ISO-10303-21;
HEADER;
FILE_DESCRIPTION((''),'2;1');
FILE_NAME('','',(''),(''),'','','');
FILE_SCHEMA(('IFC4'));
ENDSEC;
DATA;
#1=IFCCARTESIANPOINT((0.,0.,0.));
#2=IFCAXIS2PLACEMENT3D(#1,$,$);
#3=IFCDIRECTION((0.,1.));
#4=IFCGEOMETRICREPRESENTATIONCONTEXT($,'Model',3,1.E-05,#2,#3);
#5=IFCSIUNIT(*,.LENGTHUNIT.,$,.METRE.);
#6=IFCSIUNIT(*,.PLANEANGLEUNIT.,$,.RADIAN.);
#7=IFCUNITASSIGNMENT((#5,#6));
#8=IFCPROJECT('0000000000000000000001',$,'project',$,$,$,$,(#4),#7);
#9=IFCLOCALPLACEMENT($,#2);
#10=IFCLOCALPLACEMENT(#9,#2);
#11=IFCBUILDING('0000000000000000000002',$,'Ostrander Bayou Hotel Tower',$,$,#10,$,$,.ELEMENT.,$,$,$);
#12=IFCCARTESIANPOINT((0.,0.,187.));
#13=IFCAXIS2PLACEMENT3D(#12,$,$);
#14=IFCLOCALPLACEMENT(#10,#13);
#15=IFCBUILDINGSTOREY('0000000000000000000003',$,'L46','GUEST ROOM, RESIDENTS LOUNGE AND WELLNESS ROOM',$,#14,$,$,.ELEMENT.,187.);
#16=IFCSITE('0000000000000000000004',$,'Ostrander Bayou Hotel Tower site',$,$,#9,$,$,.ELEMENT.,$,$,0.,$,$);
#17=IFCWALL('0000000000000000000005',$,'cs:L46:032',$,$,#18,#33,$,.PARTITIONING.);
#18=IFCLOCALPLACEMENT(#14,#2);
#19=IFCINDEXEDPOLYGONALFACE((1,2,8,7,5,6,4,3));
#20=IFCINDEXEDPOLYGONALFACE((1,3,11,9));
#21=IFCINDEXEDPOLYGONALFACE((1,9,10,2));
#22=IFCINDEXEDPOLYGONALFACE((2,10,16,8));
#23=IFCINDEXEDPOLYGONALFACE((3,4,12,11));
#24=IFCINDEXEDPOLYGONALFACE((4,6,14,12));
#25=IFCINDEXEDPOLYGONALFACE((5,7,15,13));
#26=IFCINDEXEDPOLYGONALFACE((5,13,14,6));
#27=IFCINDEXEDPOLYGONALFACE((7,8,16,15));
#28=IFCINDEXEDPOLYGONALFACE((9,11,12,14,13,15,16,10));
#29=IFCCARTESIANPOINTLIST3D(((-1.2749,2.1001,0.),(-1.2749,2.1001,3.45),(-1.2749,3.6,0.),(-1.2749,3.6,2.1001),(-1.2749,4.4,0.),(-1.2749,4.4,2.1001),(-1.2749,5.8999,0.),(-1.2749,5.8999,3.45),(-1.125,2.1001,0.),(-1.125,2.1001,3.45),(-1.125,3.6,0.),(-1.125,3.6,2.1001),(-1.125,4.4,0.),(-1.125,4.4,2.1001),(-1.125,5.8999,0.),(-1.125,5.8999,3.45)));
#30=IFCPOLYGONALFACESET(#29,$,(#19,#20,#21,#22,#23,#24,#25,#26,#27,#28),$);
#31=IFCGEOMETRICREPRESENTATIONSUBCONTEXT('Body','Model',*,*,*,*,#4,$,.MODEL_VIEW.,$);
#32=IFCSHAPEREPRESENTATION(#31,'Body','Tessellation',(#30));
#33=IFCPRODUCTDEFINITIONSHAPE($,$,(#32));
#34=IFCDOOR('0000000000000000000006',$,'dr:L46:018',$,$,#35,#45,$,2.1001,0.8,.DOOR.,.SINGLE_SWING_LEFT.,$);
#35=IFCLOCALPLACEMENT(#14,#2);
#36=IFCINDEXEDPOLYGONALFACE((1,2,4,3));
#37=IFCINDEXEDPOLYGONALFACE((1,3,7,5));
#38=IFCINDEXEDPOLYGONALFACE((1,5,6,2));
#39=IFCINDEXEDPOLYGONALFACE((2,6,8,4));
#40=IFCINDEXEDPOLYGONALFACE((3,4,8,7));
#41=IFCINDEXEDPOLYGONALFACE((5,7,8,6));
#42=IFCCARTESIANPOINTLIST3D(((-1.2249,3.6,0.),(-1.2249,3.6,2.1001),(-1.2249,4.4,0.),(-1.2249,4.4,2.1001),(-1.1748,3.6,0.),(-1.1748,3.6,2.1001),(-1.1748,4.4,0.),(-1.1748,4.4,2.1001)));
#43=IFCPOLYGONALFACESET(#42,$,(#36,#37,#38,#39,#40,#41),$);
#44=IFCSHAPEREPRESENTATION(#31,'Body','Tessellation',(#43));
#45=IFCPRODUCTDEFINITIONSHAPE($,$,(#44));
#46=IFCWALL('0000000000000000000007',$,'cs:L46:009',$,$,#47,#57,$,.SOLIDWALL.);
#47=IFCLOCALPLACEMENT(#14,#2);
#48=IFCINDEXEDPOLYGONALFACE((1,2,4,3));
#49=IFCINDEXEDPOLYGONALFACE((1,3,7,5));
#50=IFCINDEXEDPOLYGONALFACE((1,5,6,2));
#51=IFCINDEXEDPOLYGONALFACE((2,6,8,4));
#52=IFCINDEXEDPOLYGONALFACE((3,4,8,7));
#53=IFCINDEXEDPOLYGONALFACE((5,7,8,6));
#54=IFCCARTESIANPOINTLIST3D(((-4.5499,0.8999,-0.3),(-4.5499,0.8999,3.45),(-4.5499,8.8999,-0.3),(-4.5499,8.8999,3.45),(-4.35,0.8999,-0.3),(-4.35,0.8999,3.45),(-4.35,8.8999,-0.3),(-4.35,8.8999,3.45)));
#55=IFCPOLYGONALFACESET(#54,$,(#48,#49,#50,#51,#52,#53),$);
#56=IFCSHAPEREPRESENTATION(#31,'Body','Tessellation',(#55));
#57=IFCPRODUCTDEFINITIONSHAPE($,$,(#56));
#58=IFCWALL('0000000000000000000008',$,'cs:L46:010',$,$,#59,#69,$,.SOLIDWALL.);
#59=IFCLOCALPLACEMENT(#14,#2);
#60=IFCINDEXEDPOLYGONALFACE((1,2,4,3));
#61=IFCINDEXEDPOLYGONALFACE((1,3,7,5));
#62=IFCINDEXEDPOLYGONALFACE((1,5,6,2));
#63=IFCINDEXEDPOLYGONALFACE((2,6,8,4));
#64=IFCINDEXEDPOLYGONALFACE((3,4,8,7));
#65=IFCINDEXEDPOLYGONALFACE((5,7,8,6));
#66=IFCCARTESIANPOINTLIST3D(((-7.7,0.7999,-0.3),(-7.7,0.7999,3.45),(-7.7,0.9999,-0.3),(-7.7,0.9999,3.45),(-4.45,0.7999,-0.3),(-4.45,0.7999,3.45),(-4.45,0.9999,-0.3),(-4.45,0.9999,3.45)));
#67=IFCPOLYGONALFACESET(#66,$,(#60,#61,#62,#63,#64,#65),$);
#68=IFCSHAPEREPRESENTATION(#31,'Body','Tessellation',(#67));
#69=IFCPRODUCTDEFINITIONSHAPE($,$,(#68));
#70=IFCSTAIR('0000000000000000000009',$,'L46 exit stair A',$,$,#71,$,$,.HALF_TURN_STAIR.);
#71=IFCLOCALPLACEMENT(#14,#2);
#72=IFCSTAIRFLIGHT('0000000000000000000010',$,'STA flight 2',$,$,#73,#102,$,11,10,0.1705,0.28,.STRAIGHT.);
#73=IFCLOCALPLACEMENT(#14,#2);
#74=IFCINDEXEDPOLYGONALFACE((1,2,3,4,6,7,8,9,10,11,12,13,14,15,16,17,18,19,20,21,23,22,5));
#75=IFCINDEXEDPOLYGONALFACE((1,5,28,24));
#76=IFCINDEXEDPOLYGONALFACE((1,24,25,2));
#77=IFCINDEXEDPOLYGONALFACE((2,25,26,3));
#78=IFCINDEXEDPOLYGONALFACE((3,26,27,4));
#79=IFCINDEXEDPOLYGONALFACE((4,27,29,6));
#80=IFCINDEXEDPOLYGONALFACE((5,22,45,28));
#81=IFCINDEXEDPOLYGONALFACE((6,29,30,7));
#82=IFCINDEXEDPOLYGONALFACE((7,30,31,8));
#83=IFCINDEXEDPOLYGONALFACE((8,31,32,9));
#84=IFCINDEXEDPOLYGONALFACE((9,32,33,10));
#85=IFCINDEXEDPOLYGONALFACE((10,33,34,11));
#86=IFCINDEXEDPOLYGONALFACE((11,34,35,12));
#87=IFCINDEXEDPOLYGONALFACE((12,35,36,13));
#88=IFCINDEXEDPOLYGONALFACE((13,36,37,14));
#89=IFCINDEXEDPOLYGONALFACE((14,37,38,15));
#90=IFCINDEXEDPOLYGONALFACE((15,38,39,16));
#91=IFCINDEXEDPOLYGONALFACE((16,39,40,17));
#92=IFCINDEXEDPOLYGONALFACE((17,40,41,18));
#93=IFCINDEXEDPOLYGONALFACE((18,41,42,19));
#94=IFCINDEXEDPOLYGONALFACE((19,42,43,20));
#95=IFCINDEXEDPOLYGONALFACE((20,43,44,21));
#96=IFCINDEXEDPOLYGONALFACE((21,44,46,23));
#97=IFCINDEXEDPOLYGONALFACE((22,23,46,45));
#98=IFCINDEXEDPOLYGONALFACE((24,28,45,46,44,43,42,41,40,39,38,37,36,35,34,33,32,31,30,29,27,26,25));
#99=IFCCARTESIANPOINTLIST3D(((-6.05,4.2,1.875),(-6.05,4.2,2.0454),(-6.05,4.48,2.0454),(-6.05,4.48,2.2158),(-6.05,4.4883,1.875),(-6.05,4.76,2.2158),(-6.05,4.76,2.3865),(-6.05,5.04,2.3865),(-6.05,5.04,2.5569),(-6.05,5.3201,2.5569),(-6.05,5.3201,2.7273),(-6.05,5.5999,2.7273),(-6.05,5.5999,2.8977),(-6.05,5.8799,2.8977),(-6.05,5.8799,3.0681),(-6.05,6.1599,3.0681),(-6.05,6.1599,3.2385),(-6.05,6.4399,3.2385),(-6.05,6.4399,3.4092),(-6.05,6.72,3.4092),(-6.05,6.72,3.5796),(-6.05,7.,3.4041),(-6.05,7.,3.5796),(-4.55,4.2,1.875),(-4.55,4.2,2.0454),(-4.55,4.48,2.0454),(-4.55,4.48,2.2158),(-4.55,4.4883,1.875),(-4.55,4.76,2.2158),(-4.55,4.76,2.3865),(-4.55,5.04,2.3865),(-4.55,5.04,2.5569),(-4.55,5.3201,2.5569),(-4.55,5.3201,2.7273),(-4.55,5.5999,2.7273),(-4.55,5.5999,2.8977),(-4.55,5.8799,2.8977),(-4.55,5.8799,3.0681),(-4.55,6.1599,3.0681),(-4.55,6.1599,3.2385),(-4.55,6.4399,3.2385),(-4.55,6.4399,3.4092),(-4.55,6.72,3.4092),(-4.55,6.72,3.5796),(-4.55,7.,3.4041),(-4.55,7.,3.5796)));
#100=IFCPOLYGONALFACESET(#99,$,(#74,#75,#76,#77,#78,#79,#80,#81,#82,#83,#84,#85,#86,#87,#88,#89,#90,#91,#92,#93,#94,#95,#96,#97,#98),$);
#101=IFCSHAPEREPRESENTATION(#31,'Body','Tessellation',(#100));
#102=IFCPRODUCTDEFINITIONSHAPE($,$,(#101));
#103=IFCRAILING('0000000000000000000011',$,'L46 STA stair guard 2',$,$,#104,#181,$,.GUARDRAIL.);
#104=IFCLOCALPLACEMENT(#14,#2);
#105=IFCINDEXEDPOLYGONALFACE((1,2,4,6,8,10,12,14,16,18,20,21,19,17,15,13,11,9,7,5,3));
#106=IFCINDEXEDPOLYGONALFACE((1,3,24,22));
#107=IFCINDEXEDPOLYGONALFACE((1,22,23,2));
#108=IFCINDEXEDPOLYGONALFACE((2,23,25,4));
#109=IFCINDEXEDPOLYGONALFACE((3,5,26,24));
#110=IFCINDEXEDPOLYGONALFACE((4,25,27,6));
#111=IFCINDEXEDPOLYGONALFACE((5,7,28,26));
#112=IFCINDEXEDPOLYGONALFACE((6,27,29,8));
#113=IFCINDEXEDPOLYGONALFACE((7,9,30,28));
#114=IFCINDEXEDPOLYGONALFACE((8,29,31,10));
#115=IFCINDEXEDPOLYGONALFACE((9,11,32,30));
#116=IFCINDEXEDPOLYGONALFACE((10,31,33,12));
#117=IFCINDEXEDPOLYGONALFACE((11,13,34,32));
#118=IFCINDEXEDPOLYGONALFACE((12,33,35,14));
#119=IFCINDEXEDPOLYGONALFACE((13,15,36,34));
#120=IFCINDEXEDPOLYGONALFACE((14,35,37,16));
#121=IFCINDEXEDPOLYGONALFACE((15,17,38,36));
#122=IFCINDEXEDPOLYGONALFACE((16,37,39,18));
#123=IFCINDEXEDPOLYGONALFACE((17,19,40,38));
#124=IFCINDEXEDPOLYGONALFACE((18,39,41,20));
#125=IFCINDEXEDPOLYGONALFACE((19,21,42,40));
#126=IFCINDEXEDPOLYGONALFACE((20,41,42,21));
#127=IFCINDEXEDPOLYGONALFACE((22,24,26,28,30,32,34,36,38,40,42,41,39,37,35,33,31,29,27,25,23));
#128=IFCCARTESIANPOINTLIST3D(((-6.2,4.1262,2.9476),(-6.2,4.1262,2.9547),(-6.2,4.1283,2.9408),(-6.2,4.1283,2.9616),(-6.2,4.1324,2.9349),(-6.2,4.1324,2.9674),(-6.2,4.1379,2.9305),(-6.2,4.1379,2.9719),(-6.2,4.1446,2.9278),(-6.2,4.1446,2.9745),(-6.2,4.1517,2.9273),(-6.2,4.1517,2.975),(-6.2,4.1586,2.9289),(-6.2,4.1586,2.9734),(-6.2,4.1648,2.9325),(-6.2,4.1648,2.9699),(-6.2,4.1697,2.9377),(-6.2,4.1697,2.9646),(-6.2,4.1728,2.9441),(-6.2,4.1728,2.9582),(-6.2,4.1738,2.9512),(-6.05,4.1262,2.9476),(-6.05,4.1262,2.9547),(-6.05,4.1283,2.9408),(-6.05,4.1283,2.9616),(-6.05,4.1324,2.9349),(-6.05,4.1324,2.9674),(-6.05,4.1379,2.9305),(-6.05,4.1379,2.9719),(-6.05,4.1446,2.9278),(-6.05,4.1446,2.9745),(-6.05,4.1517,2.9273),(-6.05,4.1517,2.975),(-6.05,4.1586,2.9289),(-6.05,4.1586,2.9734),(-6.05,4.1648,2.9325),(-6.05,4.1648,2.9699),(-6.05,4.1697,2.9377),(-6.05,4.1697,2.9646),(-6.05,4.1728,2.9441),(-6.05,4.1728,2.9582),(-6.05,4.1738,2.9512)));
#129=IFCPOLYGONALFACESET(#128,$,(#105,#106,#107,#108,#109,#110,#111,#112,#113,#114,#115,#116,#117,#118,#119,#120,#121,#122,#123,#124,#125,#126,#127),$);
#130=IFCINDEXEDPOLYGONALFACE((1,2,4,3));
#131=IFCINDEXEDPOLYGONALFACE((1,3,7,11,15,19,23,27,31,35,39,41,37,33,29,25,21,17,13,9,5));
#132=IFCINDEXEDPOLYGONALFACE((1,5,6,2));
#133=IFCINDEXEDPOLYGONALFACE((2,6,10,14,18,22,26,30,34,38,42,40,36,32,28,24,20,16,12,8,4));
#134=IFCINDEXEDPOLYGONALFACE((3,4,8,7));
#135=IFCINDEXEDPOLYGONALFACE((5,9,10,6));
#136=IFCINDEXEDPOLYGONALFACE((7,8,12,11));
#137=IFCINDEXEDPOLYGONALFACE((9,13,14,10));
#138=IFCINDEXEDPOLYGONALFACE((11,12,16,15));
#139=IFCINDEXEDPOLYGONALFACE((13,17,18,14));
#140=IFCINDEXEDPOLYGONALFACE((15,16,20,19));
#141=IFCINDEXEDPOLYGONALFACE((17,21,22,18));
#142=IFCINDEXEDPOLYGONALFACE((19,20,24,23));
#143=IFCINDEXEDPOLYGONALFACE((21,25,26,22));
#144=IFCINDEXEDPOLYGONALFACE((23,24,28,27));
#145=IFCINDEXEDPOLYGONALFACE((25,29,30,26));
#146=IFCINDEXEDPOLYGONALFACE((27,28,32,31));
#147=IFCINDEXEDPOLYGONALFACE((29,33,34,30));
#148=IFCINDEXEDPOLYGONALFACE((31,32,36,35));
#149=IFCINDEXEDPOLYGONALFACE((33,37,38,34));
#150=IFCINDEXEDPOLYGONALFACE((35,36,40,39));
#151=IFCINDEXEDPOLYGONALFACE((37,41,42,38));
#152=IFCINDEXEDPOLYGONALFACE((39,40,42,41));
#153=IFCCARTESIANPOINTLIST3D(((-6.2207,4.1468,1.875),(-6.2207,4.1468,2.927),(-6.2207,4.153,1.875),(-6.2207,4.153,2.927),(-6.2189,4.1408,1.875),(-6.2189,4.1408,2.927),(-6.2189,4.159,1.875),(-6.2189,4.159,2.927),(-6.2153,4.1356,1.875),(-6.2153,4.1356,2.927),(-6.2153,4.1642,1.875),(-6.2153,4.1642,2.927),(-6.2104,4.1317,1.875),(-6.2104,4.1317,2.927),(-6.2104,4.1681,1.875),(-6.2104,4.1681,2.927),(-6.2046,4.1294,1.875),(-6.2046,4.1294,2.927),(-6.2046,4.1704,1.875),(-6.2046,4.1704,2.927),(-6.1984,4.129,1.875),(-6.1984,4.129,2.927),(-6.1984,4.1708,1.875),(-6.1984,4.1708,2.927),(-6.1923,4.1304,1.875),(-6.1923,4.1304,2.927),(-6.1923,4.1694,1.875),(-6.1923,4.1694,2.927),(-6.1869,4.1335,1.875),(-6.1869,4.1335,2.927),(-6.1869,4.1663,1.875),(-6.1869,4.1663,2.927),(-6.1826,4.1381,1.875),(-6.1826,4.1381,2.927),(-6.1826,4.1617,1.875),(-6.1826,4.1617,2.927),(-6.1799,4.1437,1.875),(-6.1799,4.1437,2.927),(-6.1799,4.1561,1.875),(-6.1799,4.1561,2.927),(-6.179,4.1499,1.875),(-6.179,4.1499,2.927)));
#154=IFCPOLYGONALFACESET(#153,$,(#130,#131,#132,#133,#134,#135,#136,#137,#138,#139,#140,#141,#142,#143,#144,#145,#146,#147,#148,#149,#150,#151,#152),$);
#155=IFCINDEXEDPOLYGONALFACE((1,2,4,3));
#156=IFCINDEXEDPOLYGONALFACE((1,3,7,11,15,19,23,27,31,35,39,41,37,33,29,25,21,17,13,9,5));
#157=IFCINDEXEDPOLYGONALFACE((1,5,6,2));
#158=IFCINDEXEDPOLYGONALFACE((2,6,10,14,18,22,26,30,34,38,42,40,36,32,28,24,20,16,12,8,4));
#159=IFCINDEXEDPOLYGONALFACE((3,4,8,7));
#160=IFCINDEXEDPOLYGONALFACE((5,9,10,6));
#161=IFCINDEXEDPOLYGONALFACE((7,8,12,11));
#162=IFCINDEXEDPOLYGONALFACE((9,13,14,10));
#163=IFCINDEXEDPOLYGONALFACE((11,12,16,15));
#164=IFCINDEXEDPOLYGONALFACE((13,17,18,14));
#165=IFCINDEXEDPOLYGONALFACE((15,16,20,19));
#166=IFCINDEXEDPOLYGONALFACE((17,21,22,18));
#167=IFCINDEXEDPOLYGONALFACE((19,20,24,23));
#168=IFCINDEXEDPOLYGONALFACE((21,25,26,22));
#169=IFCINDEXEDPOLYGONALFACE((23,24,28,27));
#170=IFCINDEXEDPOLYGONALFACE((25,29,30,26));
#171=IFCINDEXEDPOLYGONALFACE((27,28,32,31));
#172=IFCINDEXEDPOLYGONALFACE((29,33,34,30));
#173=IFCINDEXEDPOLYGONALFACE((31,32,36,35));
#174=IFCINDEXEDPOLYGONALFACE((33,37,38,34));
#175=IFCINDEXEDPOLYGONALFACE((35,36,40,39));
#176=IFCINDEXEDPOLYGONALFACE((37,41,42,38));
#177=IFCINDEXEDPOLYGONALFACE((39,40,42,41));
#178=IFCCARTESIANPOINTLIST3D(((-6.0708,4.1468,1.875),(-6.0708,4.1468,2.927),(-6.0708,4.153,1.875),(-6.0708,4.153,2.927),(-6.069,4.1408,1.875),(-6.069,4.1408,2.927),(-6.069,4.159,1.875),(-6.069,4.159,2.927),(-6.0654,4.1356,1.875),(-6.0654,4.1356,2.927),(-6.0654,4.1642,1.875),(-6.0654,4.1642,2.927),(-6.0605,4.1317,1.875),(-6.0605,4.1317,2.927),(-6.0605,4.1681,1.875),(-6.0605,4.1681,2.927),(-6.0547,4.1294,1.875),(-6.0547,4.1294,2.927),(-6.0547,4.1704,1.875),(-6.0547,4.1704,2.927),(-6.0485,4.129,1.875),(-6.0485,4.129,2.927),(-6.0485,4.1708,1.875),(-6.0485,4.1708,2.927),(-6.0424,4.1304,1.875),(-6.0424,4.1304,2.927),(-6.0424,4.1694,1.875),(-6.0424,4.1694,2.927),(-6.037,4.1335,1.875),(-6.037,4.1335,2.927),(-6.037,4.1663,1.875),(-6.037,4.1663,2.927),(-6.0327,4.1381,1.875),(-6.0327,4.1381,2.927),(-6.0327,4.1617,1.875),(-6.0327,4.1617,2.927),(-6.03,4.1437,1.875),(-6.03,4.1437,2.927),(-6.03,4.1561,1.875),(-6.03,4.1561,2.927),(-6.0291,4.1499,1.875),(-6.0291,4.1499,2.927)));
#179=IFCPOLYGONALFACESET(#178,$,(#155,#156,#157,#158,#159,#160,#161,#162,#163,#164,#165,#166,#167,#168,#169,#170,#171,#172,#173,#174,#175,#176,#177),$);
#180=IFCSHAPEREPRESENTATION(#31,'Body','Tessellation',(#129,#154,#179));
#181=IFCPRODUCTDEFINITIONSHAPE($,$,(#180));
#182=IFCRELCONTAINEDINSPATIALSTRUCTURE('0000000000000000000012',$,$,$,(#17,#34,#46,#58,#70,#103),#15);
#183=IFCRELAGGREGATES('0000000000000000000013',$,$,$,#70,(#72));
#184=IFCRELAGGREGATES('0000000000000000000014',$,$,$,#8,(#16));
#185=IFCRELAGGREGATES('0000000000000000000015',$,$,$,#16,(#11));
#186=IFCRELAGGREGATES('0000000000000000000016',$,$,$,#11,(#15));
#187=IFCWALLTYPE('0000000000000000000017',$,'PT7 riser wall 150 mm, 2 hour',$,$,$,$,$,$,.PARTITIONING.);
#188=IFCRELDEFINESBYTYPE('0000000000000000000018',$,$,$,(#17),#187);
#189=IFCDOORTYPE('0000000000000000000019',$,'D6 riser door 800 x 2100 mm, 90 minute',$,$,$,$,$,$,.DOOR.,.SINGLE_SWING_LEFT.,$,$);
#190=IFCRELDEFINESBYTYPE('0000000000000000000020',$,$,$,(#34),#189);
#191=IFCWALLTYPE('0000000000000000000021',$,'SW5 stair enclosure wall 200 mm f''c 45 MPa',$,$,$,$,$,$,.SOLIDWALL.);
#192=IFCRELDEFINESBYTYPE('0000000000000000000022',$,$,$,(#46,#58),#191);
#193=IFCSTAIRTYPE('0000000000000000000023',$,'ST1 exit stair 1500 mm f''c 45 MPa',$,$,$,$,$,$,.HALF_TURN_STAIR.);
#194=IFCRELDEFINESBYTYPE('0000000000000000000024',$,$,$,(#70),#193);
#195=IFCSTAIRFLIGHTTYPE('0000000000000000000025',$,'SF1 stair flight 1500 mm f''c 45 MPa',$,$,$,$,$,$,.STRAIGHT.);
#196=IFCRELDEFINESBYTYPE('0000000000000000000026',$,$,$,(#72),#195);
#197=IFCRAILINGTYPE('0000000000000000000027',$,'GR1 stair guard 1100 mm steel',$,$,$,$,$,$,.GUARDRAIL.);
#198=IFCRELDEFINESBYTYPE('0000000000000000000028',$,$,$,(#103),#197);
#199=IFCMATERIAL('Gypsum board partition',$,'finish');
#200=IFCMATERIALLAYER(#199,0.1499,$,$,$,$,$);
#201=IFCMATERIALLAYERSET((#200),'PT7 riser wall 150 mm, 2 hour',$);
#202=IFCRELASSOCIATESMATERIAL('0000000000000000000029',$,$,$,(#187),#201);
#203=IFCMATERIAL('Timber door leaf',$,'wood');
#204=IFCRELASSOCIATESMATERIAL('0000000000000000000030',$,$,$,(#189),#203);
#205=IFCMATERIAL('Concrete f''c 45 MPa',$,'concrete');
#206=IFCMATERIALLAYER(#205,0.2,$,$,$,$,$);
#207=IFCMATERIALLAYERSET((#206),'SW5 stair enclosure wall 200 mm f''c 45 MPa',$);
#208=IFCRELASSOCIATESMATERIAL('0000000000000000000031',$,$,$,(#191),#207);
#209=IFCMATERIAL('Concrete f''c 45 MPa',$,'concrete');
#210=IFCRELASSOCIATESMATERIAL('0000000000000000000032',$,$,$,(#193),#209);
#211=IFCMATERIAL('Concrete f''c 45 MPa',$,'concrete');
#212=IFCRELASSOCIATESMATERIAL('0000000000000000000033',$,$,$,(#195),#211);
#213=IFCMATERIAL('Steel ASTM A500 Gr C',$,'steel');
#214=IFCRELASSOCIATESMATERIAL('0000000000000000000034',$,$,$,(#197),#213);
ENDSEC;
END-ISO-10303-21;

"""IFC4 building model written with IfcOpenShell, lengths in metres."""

from ifc_helpers import new_model, si_unit, direction, frame, frame_2d, origin, origin_2d, place, context, subcontext, project, spatial, polyline, rectangle, circle, outline, extrude, material, layer, layer_set, type_object, element, fill, aggregate, save


model = new_model("IFC4")

# Units and contexts
model_context = context("Model", 3, precision=1e-05, world=origin(), true_north=direction((0.0, 1.0)))
body_context = subcontext(model_context, "Body", "Model", "MODEL_VIEW")
ifc_project = project(units=[si_unit("LENGTHUNIT", "METRE"), si_unit("PLANEANGLEUNIT", "RADIAN")], contexts=[model_context])

# Site, building, storey
site_placement = place(None, origin())
site = spatial("IfcSite", under=ifc_project, at=site_placement, Name="Ostrander Bayou Hotel Tower site", CompositionType="ELEMENT", RefElevation=0.0)
building_placement = place(site_placement, origin())
building = spatial("IfcBuilding", under=site, at=building_placement, Name="Ostrander Bayou Hotel Tower", CompositionType="ELEMENT")
storey_placement = place(building_placement, frame((0.0, 0.0, 187.0)))
storey = spatial("IfcBuildingStorey", under=building, at=storey_placement, Name="L46", Description="GUEST ROOM, RESIDENTS LOUNGE AND WELLNESS ROOM", CompositionType="ELEMENT", Elevation=187.0)

# Shared definitions
ifc_material_1 = material(Name="Gypsum board partition", Category="finish")
ifc_layer_1 = layer(ifc_material_1, 0.1499)
ifc_layer_set_1 = layer_set([ifc_layer_1], Name="PT7 riser wall 150 mm, 2 hour")
wall_type_1 = type_object("IfcWallType", Name="PT7 riser wall 150 mm, 2 hour", PredefinedType="PARTITIONING", material=ifc_layer_set_1)

# Wall, opening, door
wall_1_placement = place(storey_placement, frame((-1.2, 2.1001, 0.0), z_axis=(0.0, 0.0, 1.0), x_axis=(0.0, 1.0, 0.0)))
wall_1 = element("IfcWall", 1, at=wall_1_placement, inside=storey, type_object=wall_type_1, Name="cs:L46:032", PredefinedType="PARTITIONING", context=body_context, shape_type="SweptSolid", body=[
    extrude(rectangle(XDim=3.7998, YDim=0.1499, at=frame_2d((1.8999, 0.0))), origin(), (0.0, 0.0, 1.0), 3.45),
])
opening_1_placement = place(wall_1_placement, frame((1.5, 0.0, 0.0)))
opening_1 = element("IfcOpeningElement", 2, at=opening_1_placement, cuts=wall_1, PredefinedType="OPENING", context=body_context, shape_type="SweptSolid", body=[
    extrude(rectangle(XDim=0.8, YDim=2.1001, at=frame_2d((0.3999, 1.05))), frame((0.0, 0.075, 0.0), z_axis=(0.0, -1.0, 0.0), x_axis=(1.0, 0.0, 0.0)), (0.0, 0.0, 1.0), 0.1499),
])
ifc_material_2 = material(Name="Timber door leaf", Category="wood")
door_type_1 = type_object("IfcDoorType", Name="D6 riser door 800 x 2100 mm, 90 minute", OperationType="SINGLE_SWING_LEFT", PredefinedType="DOOR", material=ifc_material_2)
door_1_placement = place(opening_1_placement, origin())
door_1 = element("IfcDoor", 3, at=door_1_placement, inside=storey, type_object=door_type_1, Name="dr:L46:018", OperationType="SINGLE_SWING_LEFT", OverallHeight=2.1001, OverallWidth=0.8, PredefinedType="DOOR", context=body_context, shape_type="SweptSolid", body=[
    extrude(rectangle(XDim=0.8, YDim=2.1001, at=frame_2d((0.3999, 1.05))), frame((0.0, 0.0249, 0.0), z_axis=(0.0, -1.0, 0.0), x_axis=(1.0, 0.0, 0.0)), (0.0, 0.0, 1.0), 0.05),
])
fill(opening_1, door_1)

# Walls
ifc_material_3 = material(Name="Concrete f'c 45 MPa", Category="concrete")
ifc_layer_2 = layer(ifc_material_3, 0.2)
ifc_layer_set_2 = layer_set([ifc_layer_2], Name="SW5 stair enclosure wall 200 mm f'c 45 MPa")
wall_type_2 = type_object("IfcWallType", Name="SW5 stair enclosure wall 200 mm f'c 45 MPa", PredefinedType="SOLIDWALL", material=ifc_layer_set_2)
wall_2_placement = place(storey_placement, frame((-4.45, 0.8999, -0.3), z_axis=(0.0, 0.0, 1.0), x_axis=(0.0, 1.0, 0.0)))
element("IfcWall", 4, at=wall_2_placement, inside=storey, type_object=wall_type_2, Name="cs:L46:009", PredefinedType="SOLIDWALL", context=body_context, shape_type="SweptSolid", body=[
    extrude(rectangle(XDim=8.0, YDim=0.2, at=frame_2d((4.0, 0.0))), origin(), (0.0, 0.0, 1.0), 3.75),
])
wall_3_placement = place(storey_placement, frame((-7.7, 0.8999, -0.3), z_axis=(0.0, 0.0, 1.0), x_axis=(1.0, 0.0, 0.0)))
element("IfcWall", 5, at=wall_3_placement, inside=storey, type_object=wall_type_2, Name="cs:L46:010", PredefinedType="SOLIDWALL", context=body_context, shape_type="SweptSolid", body=[
    extrude(rectangle(XDim=3.25, YDim=0.2, at=frame_2d((1.625, 0.0))), origin(), (0.0, 0.0, 1.0), 3.75),
])

# Stair, stair flight
ifc_material_4 = material(Name="Concrete f'c 45 MPa", Category="concrete")
stair_type = type_object("IfcStairType", Name="ST1 exit stair 1500 mm f'c 45 MPa", PredefinedType="HALF_TURN_STAIR", material=ifc_material_4)
stair_placement = place(storey_placement, origin())
stair = element("IfcStair", 6, at=stair_placement, inside=storey, type_object=stair_type, Name="L46 exit stair A", PredefinedType="HALF_TURN_STAIR")
ifc_material_5 = material(Name="Concrete f'c 45 MPa", Category="concrete")
stair_flight_type = type_object("IfcStairFlightType", Name="SF1 stair flight 1500 mm f'c 45 MPa", PredefinedType="STRAIGHT", material=ifc_material_5)
stair_flight_placement = place(storey_placement, frame((-5.3, 4.2, 1.875), z_axis=(0.0, 0.0, 1.0), x_axis=(0.0, 1.0, 0.0)))
stair_flight = element("IfcStairFlight", 7, at=stair_flight_placement, type_object=stair_flight_type, Name="STA flight 2", NumberOfRisers=11, NumberOfTreads=10, PredefinedType="STRAIGHT", RiserHeight=0.1705, TreadLength=0.28, context=body_context, shape_type="SweptSolid", body=[
    extrude(outline(polyline([(0.0, 0.0), (0.0, 0.1704), (0.28, 0.1704), (0.28, 0.3408), (0.5601, 0.3408), (0.5601, 0.5115), (0.8401, 0.5115), (0.8401, 0.6819), (1.1201, 0.6819), (1.1201, 0.8523), (1.3999, 0.8523), (1.3999, 1.0227), (1.6799, 1.0227), (1.6799, 1.1931), (1.96, 1.1931), (1.96, 1.3635), (2.24, 1.3635), (2.24, 1.5342), (2.52, 1.5342), (2.52, 1.7046), (2.8, 1.7046), (2.8, 1.875), (2.8, 1.5291), (0.2883, 0.0), (0.0, 0.0)])), frame((0.0, 0.75, 0.0), z_axis=(0.0, -1.0, 0.0), x_axis=(1.0, 0.0, 0.0)), (0.0, 0.0, 1.0), 1.5),
])
aggregate(stair, [stair_flight])

# Railing
ifc_material_6 = material(Name="Steel ASTM A500 Gr C", Category="steel")
railing_type_1 = type_object("IfcRailingType", Name="GR1 stair guard 1100 mm steel", PredefinedType="GUARDRAIL", material=ifc_material_6)
railing_1_placement = place(storey_placement, frame((-6.2, 4.1499, 1.875)))
element("IfcRailing", 8, at=railing_1_placement, inside=storey, type_object=railing_type_1, Name="L46 STA stair guard 2", PredefinedType="GUARDRAIL", context=body_context, shape_type="SweptSolid", body=[
    extrude(circle(Radius=0.0239, at=origin_2d()), frame((0.0, 0.0, 1.0762), z_axis=(1.0, 0.0, 0.0), x_axis=(0.0, 1.0, 0.0)), (0.0, 0.0, 1.0), 0.1499),
    extrude(circle(Radius=0.021, at=origin_2d()), origin(), (0.0, 0.0, 1.0), 1.052),
    extrude(circle(Radius=0.021, at=origin_2d()), frame((0.1499, 0.0, 0.0)), (0.0, 0.0, 1.0), 1.052),
])

save(model, "model.ifc")
